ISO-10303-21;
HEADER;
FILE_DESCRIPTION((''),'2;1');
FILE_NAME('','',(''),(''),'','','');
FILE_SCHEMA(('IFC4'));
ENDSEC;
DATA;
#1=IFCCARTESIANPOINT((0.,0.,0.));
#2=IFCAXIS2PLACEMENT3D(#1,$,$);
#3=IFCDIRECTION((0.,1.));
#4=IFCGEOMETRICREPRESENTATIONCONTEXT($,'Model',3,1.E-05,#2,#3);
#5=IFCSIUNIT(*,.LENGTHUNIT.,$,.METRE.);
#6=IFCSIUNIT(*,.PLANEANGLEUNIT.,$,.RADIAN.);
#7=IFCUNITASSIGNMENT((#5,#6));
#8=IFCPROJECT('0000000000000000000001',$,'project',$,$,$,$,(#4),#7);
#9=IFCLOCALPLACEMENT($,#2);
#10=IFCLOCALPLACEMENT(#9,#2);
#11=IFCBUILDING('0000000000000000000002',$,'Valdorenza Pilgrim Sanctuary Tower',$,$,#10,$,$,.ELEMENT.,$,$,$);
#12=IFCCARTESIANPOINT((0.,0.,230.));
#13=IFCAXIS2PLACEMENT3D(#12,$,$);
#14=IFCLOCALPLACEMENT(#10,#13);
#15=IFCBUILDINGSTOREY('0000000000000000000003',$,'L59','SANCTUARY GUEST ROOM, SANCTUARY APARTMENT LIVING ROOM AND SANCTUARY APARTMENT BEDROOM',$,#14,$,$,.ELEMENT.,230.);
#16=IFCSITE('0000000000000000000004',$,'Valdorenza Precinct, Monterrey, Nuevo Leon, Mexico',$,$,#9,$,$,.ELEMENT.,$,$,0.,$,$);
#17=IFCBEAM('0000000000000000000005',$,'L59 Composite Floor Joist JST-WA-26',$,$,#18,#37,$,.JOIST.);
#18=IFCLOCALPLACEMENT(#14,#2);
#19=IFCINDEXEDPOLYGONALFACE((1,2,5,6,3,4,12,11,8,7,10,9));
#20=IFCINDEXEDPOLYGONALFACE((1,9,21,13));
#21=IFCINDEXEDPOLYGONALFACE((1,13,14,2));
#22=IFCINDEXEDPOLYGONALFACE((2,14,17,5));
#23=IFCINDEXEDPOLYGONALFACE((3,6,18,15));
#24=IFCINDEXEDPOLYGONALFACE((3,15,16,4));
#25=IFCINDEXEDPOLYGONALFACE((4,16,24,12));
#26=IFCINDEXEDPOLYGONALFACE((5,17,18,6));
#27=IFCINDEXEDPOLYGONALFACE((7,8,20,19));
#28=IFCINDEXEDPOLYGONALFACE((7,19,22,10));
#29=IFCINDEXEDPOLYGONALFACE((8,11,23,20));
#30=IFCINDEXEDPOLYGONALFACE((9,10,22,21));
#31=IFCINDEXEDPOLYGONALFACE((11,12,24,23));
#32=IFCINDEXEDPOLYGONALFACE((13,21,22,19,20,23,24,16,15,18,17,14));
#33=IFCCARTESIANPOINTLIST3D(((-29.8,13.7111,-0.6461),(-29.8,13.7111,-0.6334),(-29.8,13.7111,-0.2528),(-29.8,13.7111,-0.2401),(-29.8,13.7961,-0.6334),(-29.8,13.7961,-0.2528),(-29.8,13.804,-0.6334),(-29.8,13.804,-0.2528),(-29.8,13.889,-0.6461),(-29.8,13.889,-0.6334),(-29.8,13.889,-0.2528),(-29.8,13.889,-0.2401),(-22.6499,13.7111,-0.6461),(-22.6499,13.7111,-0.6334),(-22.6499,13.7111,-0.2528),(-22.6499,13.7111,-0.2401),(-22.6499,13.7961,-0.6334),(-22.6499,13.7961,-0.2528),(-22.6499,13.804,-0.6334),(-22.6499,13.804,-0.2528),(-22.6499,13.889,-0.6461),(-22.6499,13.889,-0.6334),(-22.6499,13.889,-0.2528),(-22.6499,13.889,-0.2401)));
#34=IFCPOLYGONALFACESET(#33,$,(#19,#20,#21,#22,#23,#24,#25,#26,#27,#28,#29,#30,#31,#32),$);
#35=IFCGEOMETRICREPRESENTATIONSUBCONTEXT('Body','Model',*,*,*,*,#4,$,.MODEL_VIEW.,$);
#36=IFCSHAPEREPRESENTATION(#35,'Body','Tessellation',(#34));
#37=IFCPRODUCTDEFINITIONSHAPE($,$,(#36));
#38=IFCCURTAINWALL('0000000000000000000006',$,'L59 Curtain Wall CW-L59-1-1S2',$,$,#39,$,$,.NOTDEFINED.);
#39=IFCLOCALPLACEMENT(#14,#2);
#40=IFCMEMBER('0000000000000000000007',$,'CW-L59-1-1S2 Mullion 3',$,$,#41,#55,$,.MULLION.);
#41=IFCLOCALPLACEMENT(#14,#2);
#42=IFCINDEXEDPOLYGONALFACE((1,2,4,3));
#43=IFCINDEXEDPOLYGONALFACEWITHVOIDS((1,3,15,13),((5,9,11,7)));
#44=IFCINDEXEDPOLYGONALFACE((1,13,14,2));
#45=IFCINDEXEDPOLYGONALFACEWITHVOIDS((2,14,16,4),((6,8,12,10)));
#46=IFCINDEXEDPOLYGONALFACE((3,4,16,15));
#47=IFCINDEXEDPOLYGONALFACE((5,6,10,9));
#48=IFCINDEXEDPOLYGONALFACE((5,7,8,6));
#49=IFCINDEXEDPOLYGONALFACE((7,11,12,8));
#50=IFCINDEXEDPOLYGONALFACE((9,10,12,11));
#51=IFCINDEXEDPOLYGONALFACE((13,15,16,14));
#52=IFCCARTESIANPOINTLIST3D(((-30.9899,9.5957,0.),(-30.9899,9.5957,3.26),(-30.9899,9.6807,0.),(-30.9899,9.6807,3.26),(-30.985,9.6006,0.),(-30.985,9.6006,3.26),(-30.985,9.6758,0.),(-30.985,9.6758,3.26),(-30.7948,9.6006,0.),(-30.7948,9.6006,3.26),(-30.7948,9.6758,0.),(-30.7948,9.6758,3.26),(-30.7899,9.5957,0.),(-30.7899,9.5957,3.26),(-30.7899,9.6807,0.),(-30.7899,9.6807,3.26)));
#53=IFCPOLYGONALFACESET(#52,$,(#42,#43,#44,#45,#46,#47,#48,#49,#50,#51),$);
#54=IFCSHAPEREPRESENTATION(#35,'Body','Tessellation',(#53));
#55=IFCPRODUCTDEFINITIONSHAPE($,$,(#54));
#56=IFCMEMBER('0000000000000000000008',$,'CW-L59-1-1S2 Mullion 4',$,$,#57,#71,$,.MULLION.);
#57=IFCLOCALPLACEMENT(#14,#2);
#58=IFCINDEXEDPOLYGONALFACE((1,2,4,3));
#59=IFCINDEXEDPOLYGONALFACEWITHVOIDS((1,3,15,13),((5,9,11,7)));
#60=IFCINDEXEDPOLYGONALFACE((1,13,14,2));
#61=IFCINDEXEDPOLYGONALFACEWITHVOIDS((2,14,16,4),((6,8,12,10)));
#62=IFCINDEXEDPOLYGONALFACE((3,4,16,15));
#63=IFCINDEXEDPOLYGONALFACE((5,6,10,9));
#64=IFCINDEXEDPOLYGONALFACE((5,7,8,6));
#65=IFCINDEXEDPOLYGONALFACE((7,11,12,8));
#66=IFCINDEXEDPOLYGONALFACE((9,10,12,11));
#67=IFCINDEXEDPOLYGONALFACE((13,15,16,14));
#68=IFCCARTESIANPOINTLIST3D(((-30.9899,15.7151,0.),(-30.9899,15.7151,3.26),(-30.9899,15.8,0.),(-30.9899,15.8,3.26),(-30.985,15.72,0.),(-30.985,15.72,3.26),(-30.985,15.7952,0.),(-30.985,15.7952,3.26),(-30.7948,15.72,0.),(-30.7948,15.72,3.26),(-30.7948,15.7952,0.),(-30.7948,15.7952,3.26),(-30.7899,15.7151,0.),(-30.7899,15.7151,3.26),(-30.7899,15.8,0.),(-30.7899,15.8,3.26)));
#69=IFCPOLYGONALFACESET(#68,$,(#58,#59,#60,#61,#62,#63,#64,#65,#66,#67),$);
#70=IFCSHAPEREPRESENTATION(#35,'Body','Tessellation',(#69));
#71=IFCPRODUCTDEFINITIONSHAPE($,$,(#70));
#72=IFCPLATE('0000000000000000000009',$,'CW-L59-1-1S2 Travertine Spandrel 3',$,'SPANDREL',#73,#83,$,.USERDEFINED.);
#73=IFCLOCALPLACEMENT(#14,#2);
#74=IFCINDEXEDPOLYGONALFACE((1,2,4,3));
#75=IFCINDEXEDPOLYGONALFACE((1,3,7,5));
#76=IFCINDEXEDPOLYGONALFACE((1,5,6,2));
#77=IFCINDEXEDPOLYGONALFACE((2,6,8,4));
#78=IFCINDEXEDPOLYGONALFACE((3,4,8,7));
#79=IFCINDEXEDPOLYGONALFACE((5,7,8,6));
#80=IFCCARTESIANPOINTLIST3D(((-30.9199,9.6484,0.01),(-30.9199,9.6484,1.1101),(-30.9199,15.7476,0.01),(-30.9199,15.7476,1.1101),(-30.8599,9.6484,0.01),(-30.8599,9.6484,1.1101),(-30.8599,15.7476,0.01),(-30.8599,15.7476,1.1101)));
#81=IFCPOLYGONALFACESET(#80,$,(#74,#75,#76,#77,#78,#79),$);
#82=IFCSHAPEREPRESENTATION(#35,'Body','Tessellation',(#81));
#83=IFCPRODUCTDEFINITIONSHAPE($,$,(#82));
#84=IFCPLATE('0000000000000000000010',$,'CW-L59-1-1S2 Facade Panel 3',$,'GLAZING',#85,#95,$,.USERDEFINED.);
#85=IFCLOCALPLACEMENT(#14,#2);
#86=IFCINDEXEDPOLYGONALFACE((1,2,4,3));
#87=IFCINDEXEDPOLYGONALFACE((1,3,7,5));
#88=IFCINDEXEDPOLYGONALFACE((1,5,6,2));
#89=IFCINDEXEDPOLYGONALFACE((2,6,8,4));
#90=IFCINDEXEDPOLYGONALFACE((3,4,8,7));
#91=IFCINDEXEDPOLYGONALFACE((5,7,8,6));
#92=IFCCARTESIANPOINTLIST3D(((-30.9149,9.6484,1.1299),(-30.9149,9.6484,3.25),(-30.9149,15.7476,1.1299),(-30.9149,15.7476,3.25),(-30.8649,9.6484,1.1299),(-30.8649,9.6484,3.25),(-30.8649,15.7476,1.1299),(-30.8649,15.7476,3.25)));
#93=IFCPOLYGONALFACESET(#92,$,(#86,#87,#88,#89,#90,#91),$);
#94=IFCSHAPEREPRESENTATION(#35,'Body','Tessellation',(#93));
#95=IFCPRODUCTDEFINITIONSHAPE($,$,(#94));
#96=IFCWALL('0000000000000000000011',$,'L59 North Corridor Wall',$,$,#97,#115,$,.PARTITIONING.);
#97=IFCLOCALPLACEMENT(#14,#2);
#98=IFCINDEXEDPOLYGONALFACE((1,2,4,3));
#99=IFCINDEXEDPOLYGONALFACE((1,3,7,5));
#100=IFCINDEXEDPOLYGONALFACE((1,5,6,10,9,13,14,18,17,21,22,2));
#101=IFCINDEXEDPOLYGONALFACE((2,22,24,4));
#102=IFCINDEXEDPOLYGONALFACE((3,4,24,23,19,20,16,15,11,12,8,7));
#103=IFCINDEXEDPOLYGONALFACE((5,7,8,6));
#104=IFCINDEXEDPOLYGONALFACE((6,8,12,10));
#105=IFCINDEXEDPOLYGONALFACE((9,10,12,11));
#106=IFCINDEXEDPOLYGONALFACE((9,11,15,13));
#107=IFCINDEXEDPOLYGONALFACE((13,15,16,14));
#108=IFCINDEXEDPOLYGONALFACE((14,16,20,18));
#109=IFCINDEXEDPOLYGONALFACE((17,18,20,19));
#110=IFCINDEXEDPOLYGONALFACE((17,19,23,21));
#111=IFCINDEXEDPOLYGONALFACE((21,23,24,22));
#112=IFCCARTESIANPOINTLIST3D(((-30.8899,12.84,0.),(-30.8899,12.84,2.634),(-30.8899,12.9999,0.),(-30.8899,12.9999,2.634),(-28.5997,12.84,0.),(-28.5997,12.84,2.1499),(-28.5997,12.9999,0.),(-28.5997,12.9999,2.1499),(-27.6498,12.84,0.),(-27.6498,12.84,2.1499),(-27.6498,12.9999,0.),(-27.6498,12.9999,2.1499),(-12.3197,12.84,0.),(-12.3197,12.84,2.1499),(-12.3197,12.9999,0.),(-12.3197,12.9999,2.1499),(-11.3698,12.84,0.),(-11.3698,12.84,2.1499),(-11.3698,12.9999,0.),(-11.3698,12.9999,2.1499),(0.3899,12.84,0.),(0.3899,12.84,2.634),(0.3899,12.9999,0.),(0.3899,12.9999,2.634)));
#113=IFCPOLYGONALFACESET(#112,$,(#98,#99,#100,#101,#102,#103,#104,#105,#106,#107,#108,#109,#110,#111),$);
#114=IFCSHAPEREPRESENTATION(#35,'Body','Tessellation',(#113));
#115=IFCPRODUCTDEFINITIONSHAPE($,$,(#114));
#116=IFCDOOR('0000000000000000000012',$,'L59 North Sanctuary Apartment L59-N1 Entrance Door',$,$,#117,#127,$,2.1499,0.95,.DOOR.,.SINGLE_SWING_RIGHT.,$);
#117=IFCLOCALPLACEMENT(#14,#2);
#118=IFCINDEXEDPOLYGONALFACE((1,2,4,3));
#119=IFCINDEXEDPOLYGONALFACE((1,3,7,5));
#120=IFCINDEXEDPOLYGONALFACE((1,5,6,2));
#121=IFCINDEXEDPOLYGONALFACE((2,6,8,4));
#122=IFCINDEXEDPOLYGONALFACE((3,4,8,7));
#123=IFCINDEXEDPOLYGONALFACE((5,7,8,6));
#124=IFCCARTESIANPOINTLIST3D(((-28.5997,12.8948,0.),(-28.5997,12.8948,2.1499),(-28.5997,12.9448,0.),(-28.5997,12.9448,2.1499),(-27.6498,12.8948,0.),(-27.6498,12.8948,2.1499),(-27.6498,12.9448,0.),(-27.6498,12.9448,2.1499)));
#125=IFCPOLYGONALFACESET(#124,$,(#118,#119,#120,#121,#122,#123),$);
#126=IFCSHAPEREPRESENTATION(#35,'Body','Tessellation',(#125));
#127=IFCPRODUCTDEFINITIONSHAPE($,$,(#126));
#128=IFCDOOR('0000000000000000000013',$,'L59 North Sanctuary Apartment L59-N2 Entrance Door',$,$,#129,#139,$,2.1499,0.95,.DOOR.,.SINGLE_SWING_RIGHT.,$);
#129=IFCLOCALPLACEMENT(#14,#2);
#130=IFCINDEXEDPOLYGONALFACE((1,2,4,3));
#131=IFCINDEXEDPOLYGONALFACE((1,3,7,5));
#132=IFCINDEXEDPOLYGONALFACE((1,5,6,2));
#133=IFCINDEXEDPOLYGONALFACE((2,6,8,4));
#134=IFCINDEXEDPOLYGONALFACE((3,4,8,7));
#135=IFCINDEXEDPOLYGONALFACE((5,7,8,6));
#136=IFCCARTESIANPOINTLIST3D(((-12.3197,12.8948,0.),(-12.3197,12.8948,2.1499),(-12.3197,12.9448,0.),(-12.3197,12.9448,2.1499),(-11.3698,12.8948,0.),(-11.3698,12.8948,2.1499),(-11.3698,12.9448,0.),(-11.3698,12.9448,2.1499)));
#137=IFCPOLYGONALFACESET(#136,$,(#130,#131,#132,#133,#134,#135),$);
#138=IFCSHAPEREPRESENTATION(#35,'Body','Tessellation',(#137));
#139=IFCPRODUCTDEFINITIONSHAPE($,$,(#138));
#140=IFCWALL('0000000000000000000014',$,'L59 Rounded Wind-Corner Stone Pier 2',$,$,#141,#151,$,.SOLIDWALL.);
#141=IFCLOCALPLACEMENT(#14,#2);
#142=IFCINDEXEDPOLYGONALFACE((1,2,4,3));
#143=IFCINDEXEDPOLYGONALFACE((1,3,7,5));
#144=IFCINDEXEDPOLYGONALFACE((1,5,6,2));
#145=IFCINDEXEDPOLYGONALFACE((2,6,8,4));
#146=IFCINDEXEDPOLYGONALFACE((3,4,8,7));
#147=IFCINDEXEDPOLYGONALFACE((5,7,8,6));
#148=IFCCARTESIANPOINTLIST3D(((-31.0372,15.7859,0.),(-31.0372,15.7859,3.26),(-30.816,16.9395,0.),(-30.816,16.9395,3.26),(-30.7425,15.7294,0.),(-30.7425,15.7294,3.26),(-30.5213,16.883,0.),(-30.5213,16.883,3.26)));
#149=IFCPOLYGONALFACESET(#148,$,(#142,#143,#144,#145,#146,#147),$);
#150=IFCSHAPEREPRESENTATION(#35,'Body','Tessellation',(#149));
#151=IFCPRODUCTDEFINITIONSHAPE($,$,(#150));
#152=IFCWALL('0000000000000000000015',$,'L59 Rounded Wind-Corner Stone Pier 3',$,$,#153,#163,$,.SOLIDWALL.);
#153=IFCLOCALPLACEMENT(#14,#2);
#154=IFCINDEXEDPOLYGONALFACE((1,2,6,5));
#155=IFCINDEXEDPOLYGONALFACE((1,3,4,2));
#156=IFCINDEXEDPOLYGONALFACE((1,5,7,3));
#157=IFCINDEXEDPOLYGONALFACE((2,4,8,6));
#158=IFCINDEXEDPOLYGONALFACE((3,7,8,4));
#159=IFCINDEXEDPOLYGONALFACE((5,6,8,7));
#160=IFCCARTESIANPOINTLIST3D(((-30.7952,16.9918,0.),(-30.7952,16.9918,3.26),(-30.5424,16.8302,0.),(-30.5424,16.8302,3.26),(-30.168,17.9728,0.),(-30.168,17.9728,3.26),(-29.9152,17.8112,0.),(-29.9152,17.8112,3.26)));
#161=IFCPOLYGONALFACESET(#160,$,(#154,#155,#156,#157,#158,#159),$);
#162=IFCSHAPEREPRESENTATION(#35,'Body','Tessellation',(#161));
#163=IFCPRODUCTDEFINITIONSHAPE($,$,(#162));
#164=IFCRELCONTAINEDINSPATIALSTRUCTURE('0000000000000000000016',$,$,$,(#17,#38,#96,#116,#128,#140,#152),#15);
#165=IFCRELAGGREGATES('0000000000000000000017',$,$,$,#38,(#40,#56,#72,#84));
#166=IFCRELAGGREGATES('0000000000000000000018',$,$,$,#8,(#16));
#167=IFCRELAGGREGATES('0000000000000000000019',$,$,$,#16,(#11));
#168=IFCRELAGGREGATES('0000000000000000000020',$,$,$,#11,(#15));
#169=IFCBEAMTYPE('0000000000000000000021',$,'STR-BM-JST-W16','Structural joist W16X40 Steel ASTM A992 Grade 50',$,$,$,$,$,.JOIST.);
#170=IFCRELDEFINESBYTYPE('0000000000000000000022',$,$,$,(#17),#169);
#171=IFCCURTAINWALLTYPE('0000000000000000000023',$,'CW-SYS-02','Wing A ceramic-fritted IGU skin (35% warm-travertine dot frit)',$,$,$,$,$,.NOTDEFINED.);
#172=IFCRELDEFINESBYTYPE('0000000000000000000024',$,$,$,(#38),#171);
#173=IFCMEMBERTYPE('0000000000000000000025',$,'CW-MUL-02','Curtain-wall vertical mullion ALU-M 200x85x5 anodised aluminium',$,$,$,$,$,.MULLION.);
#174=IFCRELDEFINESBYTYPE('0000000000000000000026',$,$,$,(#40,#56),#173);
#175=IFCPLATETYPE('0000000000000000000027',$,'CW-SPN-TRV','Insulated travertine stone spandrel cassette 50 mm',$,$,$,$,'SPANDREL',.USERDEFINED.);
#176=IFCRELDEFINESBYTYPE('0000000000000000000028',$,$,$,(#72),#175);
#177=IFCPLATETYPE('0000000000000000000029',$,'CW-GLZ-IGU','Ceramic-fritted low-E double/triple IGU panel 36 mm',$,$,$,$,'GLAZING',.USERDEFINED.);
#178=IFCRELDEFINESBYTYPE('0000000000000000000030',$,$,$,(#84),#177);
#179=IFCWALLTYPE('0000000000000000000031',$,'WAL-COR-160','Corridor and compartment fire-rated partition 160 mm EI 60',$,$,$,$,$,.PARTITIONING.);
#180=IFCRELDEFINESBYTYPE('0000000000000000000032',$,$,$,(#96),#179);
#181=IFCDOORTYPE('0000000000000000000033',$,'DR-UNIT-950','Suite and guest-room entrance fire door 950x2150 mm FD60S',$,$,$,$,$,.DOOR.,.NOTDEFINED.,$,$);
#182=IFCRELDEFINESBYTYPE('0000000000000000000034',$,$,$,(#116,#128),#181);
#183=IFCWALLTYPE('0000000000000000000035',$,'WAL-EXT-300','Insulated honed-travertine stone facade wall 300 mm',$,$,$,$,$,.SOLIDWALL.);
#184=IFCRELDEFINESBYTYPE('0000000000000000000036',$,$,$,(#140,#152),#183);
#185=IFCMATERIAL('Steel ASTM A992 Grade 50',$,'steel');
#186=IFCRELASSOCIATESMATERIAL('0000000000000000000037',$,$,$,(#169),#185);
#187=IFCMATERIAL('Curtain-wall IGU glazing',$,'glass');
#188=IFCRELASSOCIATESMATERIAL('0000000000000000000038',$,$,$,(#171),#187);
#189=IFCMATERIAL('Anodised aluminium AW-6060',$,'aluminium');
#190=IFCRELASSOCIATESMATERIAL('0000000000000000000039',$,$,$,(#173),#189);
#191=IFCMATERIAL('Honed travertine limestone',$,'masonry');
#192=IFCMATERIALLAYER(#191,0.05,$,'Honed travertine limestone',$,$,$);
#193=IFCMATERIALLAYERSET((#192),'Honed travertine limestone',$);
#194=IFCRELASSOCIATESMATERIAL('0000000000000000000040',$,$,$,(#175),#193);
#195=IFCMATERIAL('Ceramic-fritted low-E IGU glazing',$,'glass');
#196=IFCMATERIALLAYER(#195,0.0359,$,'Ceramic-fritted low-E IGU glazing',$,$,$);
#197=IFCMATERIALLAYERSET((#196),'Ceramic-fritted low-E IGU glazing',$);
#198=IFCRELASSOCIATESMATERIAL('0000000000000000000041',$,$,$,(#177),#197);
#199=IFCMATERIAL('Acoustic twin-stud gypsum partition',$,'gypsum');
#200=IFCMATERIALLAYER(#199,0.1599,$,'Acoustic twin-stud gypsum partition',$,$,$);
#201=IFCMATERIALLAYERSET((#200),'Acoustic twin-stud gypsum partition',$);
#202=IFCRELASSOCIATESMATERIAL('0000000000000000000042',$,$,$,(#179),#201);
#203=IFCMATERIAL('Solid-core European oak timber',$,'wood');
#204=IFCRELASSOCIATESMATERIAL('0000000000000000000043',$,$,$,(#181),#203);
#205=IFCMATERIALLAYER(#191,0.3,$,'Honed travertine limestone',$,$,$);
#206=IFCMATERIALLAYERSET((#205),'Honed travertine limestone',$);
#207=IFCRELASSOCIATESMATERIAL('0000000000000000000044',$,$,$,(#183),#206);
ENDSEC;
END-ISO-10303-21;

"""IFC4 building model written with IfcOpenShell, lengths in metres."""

from ifc_helpers import new_model, si_unit, direction, frame, frame_2d, origin, origin_2d, place, context, subcontext, project, spatial, rectangle, hollow_rectangle, i_section, extrude, source, transform, mapped, material, layer, layer_set, material_profile, profile_set, type_object, element, fill, aggregate, save


model = new_model("IFC4")

# Units and contexts
model_context = context("Model", 3, precision=1e-05, world=origin(), true_north=direction((0.0, 1.0)))
body_context = subcontext(model_context, "Body", "Model", "MODEL_VIEW")
ifc_project = project(units=[si_unit("LENGTHUNIT", "METRE"), si_unit("PLANEANGLEUNIT", "RADIAN")], contexts=[model_context])

# Site, building, storey
site_placement = place(None, origin())
site = spatial("IfcSite", under=ifc_project, at=site_placement, Name="Valdorenza Precinct, Monterrey, Nuevo Leon, Mexico", CompositionType="ELEMENT", RefElevation=0.0)
building_placement = place(site_placement, origin())
building = spatial("IfcBuilding", under=site, at=building_placement, Name="Valdorenza Pilgrim Sanctuary Tower", CompositionType="ELEMENT")
storey_placement = place(building_placement, frame((0.0, 0.0, 230.0)))
storey = spatial("IfcBuildingStorey", under=building, at=storey_placement, Name="L59", Description="SANCTUARY GUEST ROOM, SANCTUARY APARTMENT LIVING ROOM AND SANCTUARY APARTMENT BEDROOM", CompositionType="ELEMENT", Elevation=230.0)

# Beam
ifc_material_1 = material(Name="Steel ASTM A992 Grade 50", Category="steel")
ifc_material_profile_1 = material_profile(ifc_material_1, i_section(OverallWidth=0.178, OverallDepth=0.406, WebThickness=0.0078, FlangeThickness=0.0127, at=origin_2d()), Name="W16X40")
ifc_profile_set_1 = profile_set([ifc_material_profile_1], Name="Steel ASTM A992 Grade 50")
beam_type_1 = type_object("IfcBeamType", Name="STR-BM-JST-W16", Description="Structural joist W16X40 Steel ASTM A992 Grade 50", PredefinedType="JOIST", material=ifc_profile_set_1)
shared_shape_1 = source(origin(), body_context, "Body", "SweptSolid", [
    extrude(i_section(OverallWidth=0.178, OverallDepth=0.406, WebThickness=0.0078, FlangeThickness=0.0127, at=origin_2d()), origin(), (0.0, 0.0, 1.0), 7.1501),
])
for number, where, z_axis, x_axis, name in (
    (1, (-29.8, 13.8, -0.4431), (1.0, 0.0, 0.0), (0.0, 1.0, 0.0), "L59 Composite Floor Joist JST-WA-26"),
):
    element("IfcBeam", number, at=place(storey_placement, frame(where, z_axis=z_axis, x_axis=x_axis)), inside=storey, type_object=beam_type_1, Name=name, PredefinedType="JOIST", context=body_context, shape_type="MappedRepresentation", body=[
        mapped(shared_shape_1, transform((0.0, 0.0, 0.0), x_axis=(1.0, 0.0, 0.0), y_axis=(0.0, 1.0, 0.0), z_axis=(0.0, 0.0, 1.0), scale=1.0)),
    ])

# Curtain wall, members, plates
ifc_material_2 = material(Name="Curtain-wall IGU glazing", Category="glass")
curtain_wall_type = type_object("IfcCurtainWallType", Name="CW-SYS-02", Description="Wing A ceramic-fritted IGU skin (35% warm-travertine dot frit)", PredefinedType="NOTDEFINED", material=ifc_material_2)
curtain_wall_placement = place(storey_placement, origin())
curtain_wall = element("IfcCurtainWall", 2, at=curtain_wall_placement, inside=storey, type_object=curtain_wall_type, Name="L59 Curtain Wall CW-L59-1-1S2", PredefinedType="NOTDEFINED")
ifc_material_3 = material(Name="Anodised aluminium AW-6060", Category="aluminium")
ifc_material_profile_2 = material_profile(ifc_material_3, hollow_rectangle(XDim=0.085, YDim=0.2, WallThickness=0.0049, at=origin_2d()), Name="ALU-M 200x85x5")
ifc_profile_set_2 = profile_set([ifc_material_profile_2], Name="Anodised aluminium AW-6060")
member_type = type_object("IfcMemberType", Name="CW-MUL-02", Description="Curtain-wall vertical mullion ALU-M 200x85x5 anodised aluminium", PredefinedType="MULLION", material=ifc_profile_set_2)
shared_shape_2 = source(origin(), body_context, "Body", "SweptSolid", [
    extrude(hollow_rectangle(XDim=0.085, YDim=0.2, WallThickness=0.0049, at=origin_2d()), origin(), (0.0, 0.0, 1.0), 3.26),
])
member_1_placement = place(storey_placement, frame((-30.8899, 9.6382, 0.0), z_axis=(0.0, 0.0, 1.0), x_axis=(0.0, 1.0, 0.0)))
member_1 = element("IfcMember", 3, at=member_1_placement, type_object=member_type, Name="CW-L59-1-1S2 Mullion 3", PredefinedType="MULLION", context=body_context, shape_type="MappedRepresentation", body=[
    mapped(shared_shape_2, transform((0.0, 0.0, 0.0), x_axis=(1.0, 0.0, 0.0), y_axis=(0.0, 1.0, 0.0), z_axis=(0.0, 0.0, 1.0), scale=1.0)),
])
member_2_placement = place(storey_placement, frame((-30.8899, 15.7576, 0.0), z_axis=(0.0, 0.0, 1.0), x_axis=(0.0, 1.0, 0.0)))
member_2 = element("IfcMember", 4, at=member_2_placement, type_object=member_type, Name="CW-L59-1-1S2 Mullion 4", PredefinedType="MULLION", context=body_context, shape_type="MappedRepresentation", body=[
    mapped(shared_shape_2, transform((0.0, 0.0, 0.0), x_axis=(1.0, 0.0, 0.0), y_axis=(0.0, 1.0, 0.0), z_axis=(0.0, 0.0, 1.0), scale=1.0)),
])
ifc_material_4 = material(Name="Honed travertine limestone", Category="masonry")
ifc_layer_1 = layer(ifc_material_4, 0.05, Name="Honed travertine limestone")
ifc_layer_set_1 = layer_set([ifc_layer_1], Name="Honed travertine limestone")
plate_type_1 = type_object("IfcPlateType", Name="CW-SPN-TRV", Description="Insulated travertine stone spandrel cassette 50 mm", ElementType="SPANDREL", PredefinedType="USERDEFINED", material=ifc_layer_set_1)
shared_shape_3 = source(origin(), body_context, "Body", "SweptSolid", [
    extrude(rectangle(XDim=6.0991, YDim=0.0601, at=origin_2d()), origin(), (0.0, 0.0, 1.0), 1.1001),
])
plate_1_placement = place(storey_placement, frame((-30.8899, 12.698, 0.01), z_axis=(0.0, 0.0, 1.0), x_axis=(0.0, 1.0, 0.0)))
plate_1 = element("IfcPlate", 5, at=plate_1_placement, type_object=plate_type_1, Name="CW-L59-1-1S2 Travertine Spandrel 3", ObjectType="SPANDREL", PredefinedType="USERDEFINED", context=body_context, shape_type="MappedRepresentation", body=[
    mapped(shared_shape_3, transform((0.0, 0.0, 0.0), x_axis=(1.0, 0.0, 0.0), y_axis=(0.0, 1.0, 0.0), z_axis=(0.0, 0.0, 1.0), scale=1.0)),
])
ifc_material_5 = material(Name="Ceramic-fritted low-E IGU glazing", Category="glass")
ifc_layer_2 = layer(ifc_material_5, 0.0359, Name="Ceramic-fritted low-E IGU glazing")
ifc_layer_set_2 = layer_set([ifc_layer_2], Name="Ceramic-fritted low-E IGU glazing")
plate_type_2 = type_object("IfcPlateType", Name="CW-GLZ-IGU", Description="Ceramic-fritted low-E double/triple IGU panel 36 mm", ElementType="GLAZING", PredefinedType="USERDEFINED", material=ifc_layer_set_2)
shared_shape_4 = source(origin(), body_context, "Body", "SweptSolid", [
    extrude(rectangle(XDim=6.0991, YDim=0.05, at=origin_2d()), origin(), (0.0, 0.0, 1.0), 2.1201),
])
plate_2_placement = place(storey_placement, frame((-30.8899, 12.698, 1.1299), z_axis=(0.0, 0.0, 1.0), x_axis=(0.0, 1.0, 0.0)))
plate_2 = element("IfcPlate", 6, at=plate_2_placement, type_object=plate_type_2, Name="CW-L59-1-1S2 Facade Panel 3", ObjectType="GLAZING", PredefinedType="USERDEFINED", context=body_context, shape_type="MappedRepresentation", body=[
    mapped(shared_shape_4, transform((0.0, 0.0, 0.0), x_axis=(1.0, 0.0, 0.0), y_axis=(0.0, 1.0, 0.0), z_axis=(0.0, 0.0, 1.0), scale=1.0)),
])
aggregate(curtain_wall, [member_1, member_2, plate_1, plate_2])

# Wall, openings, doors
ifc_material_6 = material(Name="Acoustic twin-stud gypsum partition", Category="gypsum")
ifc_layer_3 = layer(ifc_material_6, 0.1599, Name="Acoustic twin-stud gypsum partition")
ifc_layer_set_3 = layer_set([ifc_layer_3], Name="Acoustic twin-stud gypsum partition")
wall_type_1 = type_object("IfcWallType", Name="WAL-COR-160", Description="Corridor and compartment fire-rated partition 160 mm EI 60", PredefinedType="PARTITIONING", material=ifc_layer_set_3)
wall_1_placement = place(storey_placement, frame((-30.8899, 12.9199, 0.0), z_axis=(0.0, 0.0, 1.0), x_axis=(1.0, 0.0, 0.0)))
wall_1 = element("IfcWall", 7, at=wall_1_placement, inside=storey, type_object=wall_type_1, Name="L59 North Corridor Wall", PredefinedType="PARTITIONING", context=body_context, shape_type="SweptSolid", body=[
    extrude(rectangle(XDim=31.2798, YDim=0.1599, at=frame_2d((15.6399, 0.0))), origin(), (0.0, 0.0, 1.0), 2.634),
])
opening_1_placement = place(wall_1_placement, frame((2.29, 0.0, 0.0)))
opening_1 = element("IfcOpeningElement", 8, at=opening_1_placement, cuts=wall_1, PredefinedType="OPENING", context=body_context, shape_type="SweptSolid", body=[
    extrude(rectangle(XDim=0.95, YDim=2.1499, at=frame_2d((0.4751, 1.075))), frame((0.0, 0.0947, 0.0), z_axis=(0.0, -1.0, 0.0), x_axis=(1.0, 0.0, 0.0)), (0.0, 0.0, 1.0), 0.1897),
])
opening_2_placement = place(wall_1_placement, frame((18.5701, 0.0, 0.0)))
opening_2 = element("IfcOpeningElement", 9, at=opening_2_placement, cuts=wall_1, PredefinedType="OPENING", context=body_context, shape_type="SweptSolid", body=[
    extrude(rectangle(XDim=0.95, YDim=2.1499, at=frame_2d((0.4751, 1.075))), frame((0.0, 0.0947, 0.0), z_axis=(0.0, -1.0, 0.0), x_axis=(1.0, 0.0, 0.0)), (0.0, 0.0, 1.0), 0.1897),
])
ifc_material_7 = material(Name="Solid-core European oak timber", Category="wood")
door_type = type_object("IfcDoorType", Name="DR-UNIT-950", Description="Suite and guest-room entrance fire door 950x2150 mm FD60S", OperationType="NOTDEFINED", PredefinedType="DOOR", material=ifc_material_7)
door_1_placement = place(opening_1_placement, origin())
door_1 = element("IfcDoor", 10, at=door_1_placement, inside=storey, type_object=door_type, Name="L59 North Sanctuary Apartment L59-N1 Entrance Door", OperationType="SINGLE_SWING_RIGHT", OverallHeight=2.1499, OverallWidth=0.95, PredefinedType="DOOR", context=body_context, shape_type="SweptSolid", body=[
    extrude(rectangle(XDim=0.95, YDim=2.1499, at=frame_2d((0.4751, 1.075))), frame((0.0, 0.0249, 0.0), z_axis=(0.0, -1.0, 0.0), x_axis=(1.0, 0.0, 0.0)), (0.0, 0.0, 1.0), 0.05),
])
fill(opening_1, door_1)
door_2_placement = place(opening_2_placement, origin())
door_2 = element("IfcDoor", 11, at=door_2_placement, inside=storey, type_object=door_type, Name="L59 North Sanctuary Apartment L59-N2 Entrance Door", OperationType="SINGLE_SWING_RIGHT", OverallHeight=2.1499, OverallWidth=0.95, PredefinedType="DOOR", context=body_context, shape_type="SweptSolid", body=[
    extrude(rectangle(XDim=0.95, YDim=2.1499, at=frame_2d((0.4751, 1.075))), frame((0.0, 0.0249, 0.0), z_axis=(0.0, -1.0, 0.0), x_axis=(1.0, 0.0, 0.0)), (0.0, 0.0, 1.0), 0.05),
])
fill(opening_2, door_2)

# Walls
ifc_layer_4 = layer(ifc_material_4, 0.3, Name="Honed travertine limestone")
ifc_layer_set_4 = layer_set([ifc_layer_4], Name="Honed travertine limestone")
wall_type_2 = type_object("IfcWallType", Name="WAL-EXT-300", Description="Insulated honed-travertine stone facade wall 300 mm", PredefinedType="SOLIDWALL", material=ifc_layer_set_4)
wall_2_placement = place(storey_placement, frame((-30.8899, 15.7576, 0.0), z_axis=(0.0, 0.0, 1.0), x_axis=(0.188315, 0.982109, 0.0)))
element("IfcWall", 12, at=wall_2_placement, inside=storey, type_object=wall_type_2, Name="L59 Rounded Wind-Corner Stone Pier 2", PredefinedType="SOLIDWALL", context=body_context, shape_type="SweptSolid", body=[
    extrude(rectangle(XDim=1.1746, YDim=0.3, at=frame_2d((0.5874, 0.0))), origin(), (0.0, 0.0, 1.0), 3.26),
])
wall_3_placement = place(storey_placement, frame((-30.6687, 16.9111, 0.0), z_axis=(0.0, 0.0, 1.0), x_axis=(0.538679, 0.842511, 0.0)))
element("IfcWall", 13, at=wall_3_placement, inside=storey, type_object=wall_type_2, Name="L59 Rounded Wind-Corner Stone Pier 3", PredefinedType="SOLIDWALL", context=body_context, shape_type="SweptSolid", body=[
    extrude(rectangle(XDim=1.1643, YDim=0.3, at=frame_2d((0.582, 0.0))), origin(), (0.0, 0.0, 1.0), 3.26),
])

save(model, "model.ifc")
